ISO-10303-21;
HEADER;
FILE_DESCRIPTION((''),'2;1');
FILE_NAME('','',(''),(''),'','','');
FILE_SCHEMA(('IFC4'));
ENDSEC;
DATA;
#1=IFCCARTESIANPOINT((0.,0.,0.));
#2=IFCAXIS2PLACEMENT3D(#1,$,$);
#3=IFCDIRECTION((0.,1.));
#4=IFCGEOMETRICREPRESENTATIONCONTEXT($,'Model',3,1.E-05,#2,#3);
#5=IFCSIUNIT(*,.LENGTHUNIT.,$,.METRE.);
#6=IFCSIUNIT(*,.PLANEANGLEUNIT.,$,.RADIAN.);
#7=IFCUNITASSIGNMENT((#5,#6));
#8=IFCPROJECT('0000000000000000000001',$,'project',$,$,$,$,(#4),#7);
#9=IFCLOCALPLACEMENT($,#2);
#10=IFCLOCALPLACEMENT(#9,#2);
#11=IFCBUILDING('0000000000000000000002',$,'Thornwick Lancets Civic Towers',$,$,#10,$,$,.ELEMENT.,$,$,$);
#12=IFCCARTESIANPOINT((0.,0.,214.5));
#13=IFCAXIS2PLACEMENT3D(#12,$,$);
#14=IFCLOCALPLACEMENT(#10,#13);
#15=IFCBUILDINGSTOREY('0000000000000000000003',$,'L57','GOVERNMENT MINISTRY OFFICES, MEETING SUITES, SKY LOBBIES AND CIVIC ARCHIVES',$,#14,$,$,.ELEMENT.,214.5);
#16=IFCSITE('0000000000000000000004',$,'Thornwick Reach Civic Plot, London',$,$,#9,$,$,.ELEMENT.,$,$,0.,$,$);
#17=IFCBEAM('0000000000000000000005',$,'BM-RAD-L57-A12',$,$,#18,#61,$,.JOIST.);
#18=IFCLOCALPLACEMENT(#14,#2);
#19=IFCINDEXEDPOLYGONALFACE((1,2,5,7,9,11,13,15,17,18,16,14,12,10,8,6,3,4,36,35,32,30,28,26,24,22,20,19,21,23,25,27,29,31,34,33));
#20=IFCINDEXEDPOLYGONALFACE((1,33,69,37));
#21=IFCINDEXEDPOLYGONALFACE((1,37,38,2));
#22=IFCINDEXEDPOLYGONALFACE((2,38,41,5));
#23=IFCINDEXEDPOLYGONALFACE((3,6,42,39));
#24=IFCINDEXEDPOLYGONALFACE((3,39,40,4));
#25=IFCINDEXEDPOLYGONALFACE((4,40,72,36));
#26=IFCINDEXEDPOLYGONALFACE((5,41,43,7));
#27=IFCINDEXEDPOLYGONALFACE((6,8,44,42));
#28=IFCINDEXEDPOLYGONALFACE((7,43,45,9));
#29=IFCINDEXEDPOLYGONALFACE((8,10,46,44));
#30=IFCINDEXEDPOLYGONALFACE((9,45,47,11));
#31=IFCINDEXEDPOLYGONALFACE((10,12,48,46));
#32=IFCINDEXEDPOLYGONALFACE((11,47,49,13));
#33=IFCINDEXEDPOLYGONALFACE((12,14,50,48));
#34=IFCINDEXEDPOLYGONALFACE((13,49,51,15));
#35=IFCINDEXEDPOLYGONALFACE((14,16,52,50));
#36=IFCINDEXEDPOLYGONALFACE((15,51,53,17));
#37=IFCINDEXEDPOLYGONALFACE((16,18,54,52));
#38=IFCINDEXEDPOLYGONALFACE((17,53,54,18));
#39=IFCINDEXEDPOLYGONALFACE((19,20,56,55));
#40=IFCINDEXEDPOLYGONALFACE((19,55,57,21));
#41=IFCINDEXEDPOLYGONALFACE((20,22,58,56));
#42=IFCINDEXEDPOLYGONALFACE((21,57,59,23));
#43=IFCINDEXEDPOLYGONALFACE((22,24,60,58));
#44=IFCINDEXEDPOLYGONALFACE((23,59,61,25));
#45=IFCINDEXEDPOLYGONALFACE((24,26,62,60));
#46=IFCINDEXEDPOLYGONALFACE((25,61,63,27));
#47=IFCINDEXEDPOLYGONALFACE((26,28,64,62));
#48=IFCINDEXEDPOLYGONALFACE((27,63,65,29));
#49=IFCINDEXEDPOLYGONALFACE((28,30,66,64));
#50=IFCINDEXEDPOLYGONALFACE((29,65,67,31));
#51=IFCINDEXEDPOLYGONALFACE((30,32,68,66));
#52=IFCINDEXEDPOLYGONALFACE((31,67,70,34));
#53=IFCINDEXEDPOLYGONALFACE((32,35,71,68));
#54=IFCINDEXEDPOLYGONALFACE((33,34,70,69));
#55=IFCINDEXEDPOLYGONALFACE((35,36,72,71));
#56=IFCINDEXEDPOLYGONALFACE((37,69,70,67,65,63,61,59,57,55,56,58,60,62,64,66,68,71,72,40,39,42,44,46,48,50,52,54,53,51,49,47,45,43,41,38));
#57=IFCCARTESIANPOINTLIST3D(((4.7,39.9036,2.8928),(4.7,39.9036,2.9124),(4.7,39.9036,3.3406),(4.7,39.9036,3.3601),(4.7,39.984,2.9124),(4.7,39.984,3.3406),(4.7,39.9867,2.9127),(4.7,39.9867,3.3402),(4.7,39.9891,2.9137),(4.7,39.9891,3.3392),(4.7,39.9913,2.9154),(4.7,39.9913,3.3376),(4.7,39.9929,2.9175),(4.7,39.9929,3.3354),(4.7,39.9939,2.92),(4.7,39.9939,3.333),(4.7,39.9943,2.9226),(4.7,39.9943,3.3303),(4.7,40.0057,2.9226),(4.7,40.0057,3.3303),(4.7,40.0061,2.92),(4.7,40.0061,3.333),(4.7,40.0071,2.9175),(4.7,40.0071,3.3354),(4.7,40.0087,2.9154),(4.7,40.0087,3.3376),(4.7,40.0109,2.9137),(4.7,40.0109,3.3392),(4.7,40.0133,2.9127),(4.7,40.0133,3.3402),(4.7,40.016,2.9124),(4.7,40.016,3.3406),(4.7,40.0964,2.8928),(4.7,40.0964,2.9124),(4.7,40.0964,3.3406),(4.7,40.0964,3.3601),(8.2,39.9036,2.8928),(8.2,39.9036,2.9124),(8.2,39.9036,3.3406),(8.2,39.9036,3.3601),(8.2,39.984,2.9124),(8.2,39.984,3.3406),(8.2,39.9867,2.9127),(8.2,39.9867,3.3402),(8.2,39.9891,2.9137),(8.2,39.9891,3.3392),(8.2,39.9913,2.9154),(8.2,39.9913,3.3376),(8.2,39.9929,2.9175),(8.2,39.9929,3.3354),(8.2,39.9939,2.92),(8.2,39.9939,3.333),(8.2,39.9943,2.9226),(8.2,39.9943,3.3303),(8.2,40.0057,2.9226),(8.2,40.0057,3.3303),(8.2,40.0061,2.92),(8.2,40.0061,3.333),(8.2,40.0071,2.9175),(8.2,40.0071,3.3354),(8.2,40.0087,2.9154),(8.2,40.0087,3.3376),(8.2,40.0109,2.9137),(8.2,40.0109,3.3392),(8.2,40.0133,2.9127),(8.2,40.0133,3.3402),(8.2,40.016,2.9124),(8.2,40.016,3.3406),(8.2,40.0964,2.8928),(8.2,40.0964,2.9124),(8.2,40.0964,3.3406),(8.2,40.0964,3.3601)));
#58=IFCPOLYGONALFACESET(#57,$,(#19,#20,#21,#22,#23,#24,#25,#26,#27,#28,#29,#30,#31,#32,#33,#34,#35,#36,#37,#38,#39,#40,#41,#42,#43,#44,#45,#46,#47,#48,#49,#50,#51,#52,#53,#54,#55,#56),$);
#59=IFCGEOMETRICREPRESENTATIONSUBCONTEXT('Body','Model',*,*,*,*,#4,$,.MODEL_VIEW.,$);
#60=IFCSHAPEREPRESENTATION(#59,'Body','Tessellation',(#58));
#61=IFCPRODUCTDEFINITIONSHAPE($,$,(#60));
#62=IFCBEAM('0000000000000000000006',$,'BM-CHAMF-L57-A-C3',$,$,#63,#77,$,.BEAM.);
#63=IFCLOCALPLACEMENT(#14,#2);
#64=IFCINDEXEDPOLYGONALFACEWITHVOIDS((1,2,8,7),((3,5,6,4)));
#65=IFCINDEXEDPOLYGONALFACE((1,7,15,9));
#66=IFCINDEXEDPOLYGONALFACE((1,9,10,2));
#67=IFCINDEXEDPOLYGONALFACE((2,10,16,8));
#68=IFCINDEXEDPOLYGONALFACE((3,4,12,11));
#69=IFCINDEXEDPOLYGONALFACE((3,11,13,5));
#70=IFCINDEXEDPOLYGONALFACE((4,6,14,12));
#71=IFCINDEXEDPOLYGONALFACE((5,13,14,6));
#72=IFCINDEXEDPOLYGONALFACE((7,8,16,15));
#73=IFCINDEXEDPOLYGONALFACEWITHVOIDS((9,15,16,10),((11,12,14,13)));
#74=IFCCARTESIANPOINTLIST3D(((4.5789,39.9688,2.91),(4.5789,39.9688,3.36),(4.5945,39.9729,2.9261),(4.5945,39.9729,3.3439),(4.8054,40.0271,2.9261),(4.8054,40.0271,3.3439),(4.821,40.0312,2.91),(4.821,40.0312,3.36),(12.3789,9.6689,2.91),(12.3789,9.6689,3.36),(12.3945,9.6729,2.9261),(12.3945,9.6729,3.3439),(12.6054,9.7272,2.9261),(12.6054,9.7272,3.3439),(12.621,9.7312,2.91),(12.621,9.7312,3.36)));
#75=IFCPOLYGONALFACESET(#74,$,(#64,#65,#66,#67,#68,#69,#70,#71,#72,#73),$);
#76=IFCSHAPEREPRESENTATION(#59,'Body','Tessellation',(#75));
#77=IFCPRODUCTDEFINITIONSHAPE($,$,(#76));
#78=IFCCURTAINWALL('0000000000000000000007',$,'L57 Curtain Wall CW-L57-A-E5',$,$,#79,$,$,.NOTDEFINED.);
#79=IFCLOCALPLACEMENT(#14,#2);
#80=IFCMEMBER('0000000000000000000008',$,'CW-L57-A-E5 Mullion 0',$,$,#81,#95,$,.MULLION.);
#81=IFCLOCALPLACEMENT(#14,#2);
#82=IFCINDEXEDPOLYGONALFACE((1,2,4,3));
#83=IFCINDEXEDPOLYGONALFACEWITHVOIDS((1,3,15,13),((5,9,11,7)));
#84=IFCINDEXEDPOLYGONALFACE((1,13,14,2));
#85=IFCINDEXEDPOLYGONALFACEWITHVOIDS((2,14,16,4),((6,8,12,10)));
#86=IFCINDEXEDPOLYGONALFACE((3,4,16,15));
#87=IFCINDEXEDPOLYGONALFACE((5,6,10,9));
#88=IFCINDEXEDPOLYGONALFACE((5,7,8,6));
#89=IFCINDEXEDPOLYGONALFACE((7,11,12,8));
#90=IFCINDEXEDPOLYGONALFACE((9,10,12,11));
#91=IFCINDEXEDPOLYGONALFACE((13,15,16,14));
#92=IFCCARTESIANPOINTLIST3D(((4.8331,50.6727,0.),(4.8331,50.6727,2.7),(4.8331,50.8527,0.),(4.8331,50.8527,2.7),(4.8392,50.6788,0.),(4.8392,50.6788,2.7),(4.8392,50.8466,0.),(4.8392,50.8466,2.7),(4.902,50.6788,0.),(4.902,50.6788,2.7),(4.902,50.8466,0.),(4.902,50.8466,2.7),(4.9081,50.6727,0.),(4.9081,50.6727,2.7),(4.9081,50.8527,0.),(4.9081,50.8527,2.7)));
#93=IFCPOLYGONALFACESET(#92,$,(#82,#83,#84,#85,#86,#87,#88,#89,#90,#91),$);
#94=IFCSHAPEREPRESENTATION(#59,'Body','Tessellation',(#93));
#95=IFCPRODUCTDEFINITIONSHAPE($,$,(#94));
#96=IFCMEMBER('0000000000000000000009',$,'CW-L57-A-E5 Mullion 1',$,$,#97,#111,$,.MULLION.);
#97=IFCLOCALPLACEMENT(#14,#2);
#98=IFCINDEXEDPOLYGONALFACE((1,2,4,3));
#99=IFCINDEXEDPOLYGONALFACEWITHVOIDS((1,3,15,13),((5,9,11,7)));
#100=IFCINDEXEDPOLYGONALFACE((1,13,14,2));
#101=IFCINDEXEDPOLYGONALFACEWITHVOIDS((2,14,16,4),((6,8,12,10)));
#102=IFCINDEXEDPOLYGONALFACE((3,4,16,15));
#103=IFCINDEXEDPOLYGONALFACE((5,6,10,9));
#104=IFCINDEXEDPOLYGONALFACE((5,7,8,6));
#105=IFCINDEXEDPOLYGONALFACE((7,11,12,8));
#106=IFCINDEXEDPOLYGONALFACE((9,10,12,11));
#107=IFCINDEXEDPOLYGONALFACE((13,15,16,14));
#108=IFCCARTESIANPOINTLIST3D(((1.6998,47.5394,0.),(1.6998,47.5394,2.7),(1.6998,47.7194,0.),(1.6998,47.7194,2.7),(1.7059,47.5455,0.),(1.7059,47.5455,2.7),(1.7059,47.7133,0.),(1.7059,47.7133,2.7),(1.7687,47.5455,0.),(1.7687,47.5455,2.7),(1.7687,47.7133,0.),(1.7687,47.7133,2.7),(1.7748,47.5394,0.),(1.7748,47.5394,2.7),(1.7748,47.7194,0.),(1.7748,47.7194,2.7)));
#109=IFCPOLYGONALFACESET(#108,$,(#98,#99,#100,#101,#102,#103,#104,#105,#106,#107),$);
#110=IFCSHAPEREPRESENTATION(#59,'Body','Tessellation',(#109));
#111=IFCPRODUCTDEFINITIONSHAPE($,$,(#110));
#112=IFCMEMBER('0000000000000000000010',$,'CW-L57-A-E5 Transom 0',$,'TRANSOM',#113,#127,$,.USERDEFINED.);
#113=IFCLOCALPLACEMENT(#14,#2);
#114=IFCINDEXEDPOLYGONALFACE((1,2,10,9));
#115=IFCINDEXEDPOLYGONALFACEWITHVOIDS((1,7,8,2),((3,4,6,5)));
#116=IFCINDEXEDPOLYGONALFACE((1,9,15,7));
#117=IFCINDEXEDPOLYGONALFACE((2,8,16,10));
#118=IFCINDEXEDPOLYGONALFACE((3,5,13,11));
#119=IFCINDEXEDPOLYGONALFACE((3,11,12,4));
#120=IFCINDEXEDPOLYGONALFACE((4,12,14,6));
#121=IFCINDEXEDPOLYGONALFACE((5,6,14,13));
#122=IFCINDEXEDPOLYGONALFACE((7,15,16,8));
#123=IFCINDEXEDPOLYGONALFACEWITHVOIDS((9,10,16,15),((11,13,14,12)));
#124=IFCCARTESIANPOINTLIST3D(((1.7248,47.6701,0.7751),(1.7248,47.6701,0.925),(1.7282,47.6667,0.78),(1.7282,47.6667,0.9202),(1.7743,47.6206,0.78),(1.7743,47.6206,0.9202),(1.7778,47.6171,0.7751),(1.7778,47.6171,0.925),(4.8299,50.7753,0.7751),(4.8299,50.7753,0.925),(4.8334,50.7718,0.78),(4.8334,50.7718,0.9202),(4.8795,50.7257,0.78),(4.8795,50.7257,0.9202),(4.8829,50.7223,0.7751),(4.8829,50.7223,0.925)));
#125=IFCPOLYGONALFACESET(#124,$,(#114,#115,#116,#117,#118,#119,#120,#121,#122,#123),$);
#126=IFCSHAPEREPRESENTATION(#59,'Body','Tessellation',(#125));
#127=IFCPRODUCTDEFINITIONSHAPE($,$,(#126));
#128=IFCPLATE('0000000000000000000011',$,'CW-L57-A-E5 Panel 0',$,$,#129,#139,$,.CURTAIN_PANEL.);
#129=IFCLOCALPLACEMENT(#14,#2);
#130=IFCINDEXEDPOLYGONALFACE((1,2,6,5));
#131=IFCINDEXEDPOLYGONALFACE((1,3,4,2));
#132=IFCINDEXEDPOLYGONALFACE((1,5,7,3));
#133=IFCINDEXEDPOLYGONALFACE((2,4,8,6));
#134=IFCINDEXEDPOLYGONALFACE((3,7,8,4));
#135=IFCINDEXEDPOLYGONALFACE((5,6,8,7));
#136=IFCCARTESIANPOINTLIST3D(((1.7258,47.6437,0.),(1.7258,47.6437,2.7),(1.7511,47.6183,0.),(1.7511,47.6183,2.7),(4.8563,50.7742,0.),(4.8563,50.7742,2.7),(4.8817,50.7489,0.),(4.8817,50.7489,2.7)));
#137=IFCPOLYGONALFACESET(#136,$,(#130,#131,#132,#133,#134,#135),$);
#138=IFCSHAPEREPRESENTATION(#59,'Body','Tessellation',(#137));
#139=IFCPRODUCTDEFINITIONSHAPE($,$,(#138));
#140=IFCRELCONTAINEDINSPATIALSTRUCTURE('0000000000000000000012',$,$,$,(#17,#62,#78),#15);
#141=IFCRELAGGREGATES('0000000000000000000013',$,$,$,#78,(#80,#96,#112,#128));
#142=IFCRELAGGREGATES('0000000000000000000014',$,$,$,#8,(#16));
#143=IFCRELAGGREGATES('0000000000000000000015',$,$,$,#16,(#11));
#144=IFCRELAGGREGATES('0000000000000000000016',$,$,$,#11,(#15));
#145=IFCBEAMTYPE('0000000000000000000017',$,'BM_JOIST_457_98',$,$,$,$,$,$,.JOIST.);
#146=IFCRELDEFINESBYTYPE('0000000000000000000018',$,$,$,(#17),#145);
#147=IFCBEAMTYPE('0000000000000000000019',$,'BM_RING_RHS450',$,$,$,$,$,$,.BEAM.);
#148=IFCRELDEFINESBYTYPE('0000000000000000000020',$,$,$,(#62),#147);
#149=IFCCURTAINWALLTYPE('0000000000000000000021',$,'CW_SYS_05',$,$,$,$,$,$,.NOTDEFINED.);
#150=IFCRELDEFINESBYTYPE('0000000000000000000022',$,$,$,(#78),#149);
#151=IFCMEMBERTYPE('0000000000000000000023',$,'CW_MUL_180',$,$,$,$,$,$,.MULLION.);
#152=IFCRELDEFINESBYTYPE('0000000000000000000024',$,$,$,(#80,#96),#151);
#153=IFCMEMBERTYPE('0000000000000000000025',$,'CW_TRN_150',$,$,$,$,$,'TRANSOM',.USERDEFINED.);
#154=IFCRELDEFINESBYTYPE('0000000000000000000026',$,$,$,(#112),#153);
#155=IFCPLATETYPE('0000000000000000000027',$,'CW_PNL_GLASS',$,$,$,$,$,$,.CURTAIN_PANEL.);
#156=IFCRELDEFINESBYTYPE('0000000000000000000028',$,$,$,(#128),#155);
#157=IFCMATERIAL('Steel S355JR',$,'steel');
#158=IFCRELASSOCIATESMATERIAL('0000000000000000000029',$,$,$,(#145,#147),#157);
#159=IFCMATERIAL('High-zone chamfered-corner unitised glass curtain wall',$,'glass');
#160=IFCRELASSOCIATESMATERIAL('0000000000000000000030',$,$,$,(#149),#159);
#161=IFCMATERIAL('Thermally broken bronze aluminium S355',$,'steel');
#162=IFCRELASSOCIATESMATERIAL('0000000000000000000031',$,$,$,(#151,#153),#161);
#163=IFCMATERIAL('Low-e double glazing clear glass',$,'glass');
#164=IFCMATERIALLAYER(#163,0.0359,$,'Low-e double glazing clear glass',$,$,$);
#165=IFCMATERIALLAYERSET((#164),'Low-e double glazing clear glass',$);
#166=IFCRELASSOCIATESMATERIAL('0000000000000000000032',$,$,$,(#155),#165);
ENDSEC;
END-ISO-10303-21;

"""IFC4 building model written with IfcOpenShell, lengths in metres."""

from ifc_helpers import new_model, si_unit, direction, frame, origin, origin_2d, place, context, subcontext, project, spatial, rectangle, hollow_rectangle, i_section, extrude, material, layer, layer_set, material_profile, profile_set, type_object, element, aggregate, save


model = new_model("IFC4")

# Units and contexts
model_context = context("Model", 3, precision=1e-05, world=origin(), true_north=direction((0.0, 1.0)))
body_context = subcontext(model_context, "Body", "Model", "MODEL_VIEW")
ifc_project = project(units=[si_unit("LENGTHUNIT", "METRE"), si_unit("PLANEANGLEUNIT", "RADIAN")], contexts=[model_context])

# Site, building, storey
site_placement = place(None, origin())
site = spatial("IfcSite", under=ifc_project, at=site_placement, Name="Thornwick Reach Civic Plot, London", CompositionType="ELEMENT", RefElevation=0.0)
building_placement = place(site_placement, origin())
building = spatial("IfcBuilding", under=site, at=building_placement, Name="Thornwick Lancets Civic Towers", CompositionType="ELEMENT")
storey_placement = place(building_placement, frame((0.0, 0.0, 214.5)))
storey = spatial("IfcBuildingStorey", under=building, at=storey_placement, Name="L57", Description="GOVERNMENT MINISTRY OFFICES, MEETING SUITES, SKY LOBBIES AND CIVIC ARCHIVES", CompositionType="ELEMENT", Elevation=214.5)

# Shared definitions
ifc_material_1 = material(Name="Steel S355JR", Category="steel")

# Beams
ifc_material_profile_1 = material_profile(ifc_material_1, i_section(OverallWidth=0.1929, OverallDepth=0.4673, WebThickness=0.0115, FlangeThickness=0.0195, FilletRadius=0.0103, at=origin_2d()), Name="UKB 457x191x98")
ifc_profile_set_1 = profile_set([ifc_material_profile_1], Name="Steel S355JR")
beam_type_1 = type_object("IfcBeamType", Name="BM_JOIST_457_98", PredefinedType="JOIST", material=ifc_profile_set_1)
for number, where, z_axis, x_axis, name in (
    (1, (8.2, 40.0, 3.1265), (-1.0, 0.0, 0.0), (0.0, -1.0, 0.0), "BM-RAD-L57-A12"),
):
    element("IfcBeam", number, at=place(storey_placement, frame(where, z_axis=z_axis, x_axis=x_axis)), inside=storey, type_object=beam_type_1, Name=name, PredefinedType="JOIST", context=body_context, shape_type="SweptSolid", body=[
        extrude(i_section(OverallWidth=0.1929, OverallDepth=0.4673, WebThickness=0.0115, FlangeThickness=0.0195, FilletRadius=0.0103, at=origin_2d()), origin(), (0.0, 0.0, 1.0), 3.5),
    ])
ifc_material_profile_2 = material_profile(ifc_material_1, hollow_rectangle(XDim=0.25, YDim=0.45, WallThickness=0.0161, at=origin_2d()), Name="RHS 450x250x16")
ifc_profile_set_2 = profile_set([ifc_material_profile_2], Name="Steel S355JR")
beam_type_2 = type_object("IfcBeamType", Name="BM_RING_RHS450", PredefinedType="BEAM", material=ifc_profile_set_2)
beam_1_placement = place(storey_placement, frame((4.7, 40.0, 3.135), z_axis=(0.249299, -0.968427, 0.0), x_axis=(0.968427, 0.249299, 0.0)))
element("IfcBeam", 2, at=beam_1_placement, inside=storey, type_object=beam_type_2, Name="BM-CHAMF-L57-A-C3", PredefinedType="BEAM", context=body_context, shape_type="SweptSolid", body=[
    extrude(hollow_rectangle(XDim=0.25, YDim=0.45, WallThickness=0.0161, at=origin_2d()), origin(), (0.0, 0.0, 1.0), 31.2878),
])

# Curtain wall, members, plate
ifc_material_2 = material(Name="High-zone chamfered-corner unitised glass curtain wall", Category="glass")
curtain_wall_type = type_object("IfcCurtainWallType", Name="CW_SYS_05", PredefinedType="NOTDEFINED", material=ifc_material_2)
curtain_wall_placement = place(storey_placement, origin())
curtain_wall = element("IfcCurtainWall", 3, at=curtain_wall_placement, inside=storey, type_object=curtain_wall_type, Name="L57 Curtain Wall CW-L57-A-E5", PredefinedType="NOTDEFINED")
ifc_material_3 = material(Name="Thermally broken bronze aluminium S355", Category="steel")
ifc_material_profile_3 = material_profile(ifc_material_3, hollow_rectangle(XDim=0.075, YDim=0.1799, WallThickness=0.0061, at=origin_2d()), Name="RHS 180x75x6")
ifc_profile_set_3 = profile_set([ifc_material_profile_3], Name="Thermally broken bronze aluminium S355")
member_type_1 = type_object("IfcMemberType", Name="CW_MUL_180", PredefinedType="MULLION", material=ifc_profile_set_3)
member_1_placement = place(storey_placement, frame((4.8706, 50.7627, 0.0), z_axis=(0.0, 0.0, 1.0), x_axis=(1.0, 0.0, 0.0)))
member_1 = element("IfcMember", 4, at=member_1_placement, type_object=member_type_1, Name="CW-L57-A-E5 Mullion 0", PredefinedType="MULLION", context=body_context, shape_type="SweptSolid", body=[
    extrude(hollow_rectangle(XDim=0.075, YDim=0.1799, WallThickness=0.0061, at=origin_2d()), origin(), (0.0, 0.0, 1.0), 2.7),
])
member_2_placement = place(storey_placement, frame((1.7373, 47.6294, 0.0), z_axis=(0.0, 0.0, 1.0), x_axis=(1.0, 0.0, 0.0)))
member_2 = element("IfcMember", 5, at=member_2_placement, type_object=member_type_1, Name="CW-L57-A-E5 Mullion 1", PredefinedType="MULLION", context=body_context, shape_type="SweptSolid", body=[
    extrude(hollow_rectangle(XDim=0.075, YDim=0.1799, WallThickness=0.0061, at=origin_2d()), origin(), (0.0, 0.0, 1.0), 2.7),
])
ifc_material_profile_4 = material_profile(ifc_material_3, hollow_rectangle(XDim=0.075, YDim=0.1499, WallThickness=0.0049, at=origin_2d()), Name="RHS 150x75x5")
ifc_profile_set_4 = profile_set([ifc_material_profile_4], Name="Thermally broken bronze aluminium S355")
member_type_2 = type_object("IfcMemberType", Name="CW_TRN_150", ElementType="TRANSOM", PredefinedType="USERDEFINED", material=ifc_profile_set_4)
member_3_placement = place(storey_placement, frame((4.8564, 50.7488, 0.8501), z_axis=(-0.707107, -0.707107, 0.0), x_axis=(0.707107, -0.707107, 0.0)))
member_3 = element("IfcMember", 6, at=member_3_placement, type_object=member_type_2, Name="CW-L57-A-E5 Transom 0", ObjectType="TRANSOM", PredefinedType="USERDEFINED", context=body_context, shape_type="SweptSolid", body=[
    extrude(hollow_rectangle(XDim=0.075, YDim=0.1499, WallThickness=0.0049, at=origin_2d()), origin(), (0.0, 0.0, 1.0), 4.3914),
])
ifc_material_4 = material(Name="Low-e double glazing clear glass", Category="glass")
ifc_layer_1 = layer(ifc_material_4, 0.0359, Name="Low-e double glazing clear glass")
ifc_layer_set_1 = layer_set([ifc_layer_1], Name="Low-e double glazing clear glass")
plate_type = type_object("IfcPlateType", Name="CW_PNL_GLASS", PredefinedType="CURTAIN_PANEL", material=ifc_layer_set_1)
plate_placement = place(storey_placement, frame((3.3037, 49.1963, 0.0), z_axis=(0.0, 0.0, 1.0), x_axis=(-0.707107, -0.707107, 0.0)))
plate = element("IfcPlate", 7, at=plate_placement, type_object=plate_type, Name="CW-L57-A-E5 Panel 0", PredefinedType="CURTAIN_PANEL", context=body_context, shape_type="SweptSolid", body=[
    extrude(rectangle(XDim=4.4272, YDim=0.0359, at=origin_2d()), origin(), (0.0, 0.0, 1.0), 2.7),
])
aggregate(curtain_wall, [member_1, member_2, member_3, plate])

save(model, "model.ifc")
